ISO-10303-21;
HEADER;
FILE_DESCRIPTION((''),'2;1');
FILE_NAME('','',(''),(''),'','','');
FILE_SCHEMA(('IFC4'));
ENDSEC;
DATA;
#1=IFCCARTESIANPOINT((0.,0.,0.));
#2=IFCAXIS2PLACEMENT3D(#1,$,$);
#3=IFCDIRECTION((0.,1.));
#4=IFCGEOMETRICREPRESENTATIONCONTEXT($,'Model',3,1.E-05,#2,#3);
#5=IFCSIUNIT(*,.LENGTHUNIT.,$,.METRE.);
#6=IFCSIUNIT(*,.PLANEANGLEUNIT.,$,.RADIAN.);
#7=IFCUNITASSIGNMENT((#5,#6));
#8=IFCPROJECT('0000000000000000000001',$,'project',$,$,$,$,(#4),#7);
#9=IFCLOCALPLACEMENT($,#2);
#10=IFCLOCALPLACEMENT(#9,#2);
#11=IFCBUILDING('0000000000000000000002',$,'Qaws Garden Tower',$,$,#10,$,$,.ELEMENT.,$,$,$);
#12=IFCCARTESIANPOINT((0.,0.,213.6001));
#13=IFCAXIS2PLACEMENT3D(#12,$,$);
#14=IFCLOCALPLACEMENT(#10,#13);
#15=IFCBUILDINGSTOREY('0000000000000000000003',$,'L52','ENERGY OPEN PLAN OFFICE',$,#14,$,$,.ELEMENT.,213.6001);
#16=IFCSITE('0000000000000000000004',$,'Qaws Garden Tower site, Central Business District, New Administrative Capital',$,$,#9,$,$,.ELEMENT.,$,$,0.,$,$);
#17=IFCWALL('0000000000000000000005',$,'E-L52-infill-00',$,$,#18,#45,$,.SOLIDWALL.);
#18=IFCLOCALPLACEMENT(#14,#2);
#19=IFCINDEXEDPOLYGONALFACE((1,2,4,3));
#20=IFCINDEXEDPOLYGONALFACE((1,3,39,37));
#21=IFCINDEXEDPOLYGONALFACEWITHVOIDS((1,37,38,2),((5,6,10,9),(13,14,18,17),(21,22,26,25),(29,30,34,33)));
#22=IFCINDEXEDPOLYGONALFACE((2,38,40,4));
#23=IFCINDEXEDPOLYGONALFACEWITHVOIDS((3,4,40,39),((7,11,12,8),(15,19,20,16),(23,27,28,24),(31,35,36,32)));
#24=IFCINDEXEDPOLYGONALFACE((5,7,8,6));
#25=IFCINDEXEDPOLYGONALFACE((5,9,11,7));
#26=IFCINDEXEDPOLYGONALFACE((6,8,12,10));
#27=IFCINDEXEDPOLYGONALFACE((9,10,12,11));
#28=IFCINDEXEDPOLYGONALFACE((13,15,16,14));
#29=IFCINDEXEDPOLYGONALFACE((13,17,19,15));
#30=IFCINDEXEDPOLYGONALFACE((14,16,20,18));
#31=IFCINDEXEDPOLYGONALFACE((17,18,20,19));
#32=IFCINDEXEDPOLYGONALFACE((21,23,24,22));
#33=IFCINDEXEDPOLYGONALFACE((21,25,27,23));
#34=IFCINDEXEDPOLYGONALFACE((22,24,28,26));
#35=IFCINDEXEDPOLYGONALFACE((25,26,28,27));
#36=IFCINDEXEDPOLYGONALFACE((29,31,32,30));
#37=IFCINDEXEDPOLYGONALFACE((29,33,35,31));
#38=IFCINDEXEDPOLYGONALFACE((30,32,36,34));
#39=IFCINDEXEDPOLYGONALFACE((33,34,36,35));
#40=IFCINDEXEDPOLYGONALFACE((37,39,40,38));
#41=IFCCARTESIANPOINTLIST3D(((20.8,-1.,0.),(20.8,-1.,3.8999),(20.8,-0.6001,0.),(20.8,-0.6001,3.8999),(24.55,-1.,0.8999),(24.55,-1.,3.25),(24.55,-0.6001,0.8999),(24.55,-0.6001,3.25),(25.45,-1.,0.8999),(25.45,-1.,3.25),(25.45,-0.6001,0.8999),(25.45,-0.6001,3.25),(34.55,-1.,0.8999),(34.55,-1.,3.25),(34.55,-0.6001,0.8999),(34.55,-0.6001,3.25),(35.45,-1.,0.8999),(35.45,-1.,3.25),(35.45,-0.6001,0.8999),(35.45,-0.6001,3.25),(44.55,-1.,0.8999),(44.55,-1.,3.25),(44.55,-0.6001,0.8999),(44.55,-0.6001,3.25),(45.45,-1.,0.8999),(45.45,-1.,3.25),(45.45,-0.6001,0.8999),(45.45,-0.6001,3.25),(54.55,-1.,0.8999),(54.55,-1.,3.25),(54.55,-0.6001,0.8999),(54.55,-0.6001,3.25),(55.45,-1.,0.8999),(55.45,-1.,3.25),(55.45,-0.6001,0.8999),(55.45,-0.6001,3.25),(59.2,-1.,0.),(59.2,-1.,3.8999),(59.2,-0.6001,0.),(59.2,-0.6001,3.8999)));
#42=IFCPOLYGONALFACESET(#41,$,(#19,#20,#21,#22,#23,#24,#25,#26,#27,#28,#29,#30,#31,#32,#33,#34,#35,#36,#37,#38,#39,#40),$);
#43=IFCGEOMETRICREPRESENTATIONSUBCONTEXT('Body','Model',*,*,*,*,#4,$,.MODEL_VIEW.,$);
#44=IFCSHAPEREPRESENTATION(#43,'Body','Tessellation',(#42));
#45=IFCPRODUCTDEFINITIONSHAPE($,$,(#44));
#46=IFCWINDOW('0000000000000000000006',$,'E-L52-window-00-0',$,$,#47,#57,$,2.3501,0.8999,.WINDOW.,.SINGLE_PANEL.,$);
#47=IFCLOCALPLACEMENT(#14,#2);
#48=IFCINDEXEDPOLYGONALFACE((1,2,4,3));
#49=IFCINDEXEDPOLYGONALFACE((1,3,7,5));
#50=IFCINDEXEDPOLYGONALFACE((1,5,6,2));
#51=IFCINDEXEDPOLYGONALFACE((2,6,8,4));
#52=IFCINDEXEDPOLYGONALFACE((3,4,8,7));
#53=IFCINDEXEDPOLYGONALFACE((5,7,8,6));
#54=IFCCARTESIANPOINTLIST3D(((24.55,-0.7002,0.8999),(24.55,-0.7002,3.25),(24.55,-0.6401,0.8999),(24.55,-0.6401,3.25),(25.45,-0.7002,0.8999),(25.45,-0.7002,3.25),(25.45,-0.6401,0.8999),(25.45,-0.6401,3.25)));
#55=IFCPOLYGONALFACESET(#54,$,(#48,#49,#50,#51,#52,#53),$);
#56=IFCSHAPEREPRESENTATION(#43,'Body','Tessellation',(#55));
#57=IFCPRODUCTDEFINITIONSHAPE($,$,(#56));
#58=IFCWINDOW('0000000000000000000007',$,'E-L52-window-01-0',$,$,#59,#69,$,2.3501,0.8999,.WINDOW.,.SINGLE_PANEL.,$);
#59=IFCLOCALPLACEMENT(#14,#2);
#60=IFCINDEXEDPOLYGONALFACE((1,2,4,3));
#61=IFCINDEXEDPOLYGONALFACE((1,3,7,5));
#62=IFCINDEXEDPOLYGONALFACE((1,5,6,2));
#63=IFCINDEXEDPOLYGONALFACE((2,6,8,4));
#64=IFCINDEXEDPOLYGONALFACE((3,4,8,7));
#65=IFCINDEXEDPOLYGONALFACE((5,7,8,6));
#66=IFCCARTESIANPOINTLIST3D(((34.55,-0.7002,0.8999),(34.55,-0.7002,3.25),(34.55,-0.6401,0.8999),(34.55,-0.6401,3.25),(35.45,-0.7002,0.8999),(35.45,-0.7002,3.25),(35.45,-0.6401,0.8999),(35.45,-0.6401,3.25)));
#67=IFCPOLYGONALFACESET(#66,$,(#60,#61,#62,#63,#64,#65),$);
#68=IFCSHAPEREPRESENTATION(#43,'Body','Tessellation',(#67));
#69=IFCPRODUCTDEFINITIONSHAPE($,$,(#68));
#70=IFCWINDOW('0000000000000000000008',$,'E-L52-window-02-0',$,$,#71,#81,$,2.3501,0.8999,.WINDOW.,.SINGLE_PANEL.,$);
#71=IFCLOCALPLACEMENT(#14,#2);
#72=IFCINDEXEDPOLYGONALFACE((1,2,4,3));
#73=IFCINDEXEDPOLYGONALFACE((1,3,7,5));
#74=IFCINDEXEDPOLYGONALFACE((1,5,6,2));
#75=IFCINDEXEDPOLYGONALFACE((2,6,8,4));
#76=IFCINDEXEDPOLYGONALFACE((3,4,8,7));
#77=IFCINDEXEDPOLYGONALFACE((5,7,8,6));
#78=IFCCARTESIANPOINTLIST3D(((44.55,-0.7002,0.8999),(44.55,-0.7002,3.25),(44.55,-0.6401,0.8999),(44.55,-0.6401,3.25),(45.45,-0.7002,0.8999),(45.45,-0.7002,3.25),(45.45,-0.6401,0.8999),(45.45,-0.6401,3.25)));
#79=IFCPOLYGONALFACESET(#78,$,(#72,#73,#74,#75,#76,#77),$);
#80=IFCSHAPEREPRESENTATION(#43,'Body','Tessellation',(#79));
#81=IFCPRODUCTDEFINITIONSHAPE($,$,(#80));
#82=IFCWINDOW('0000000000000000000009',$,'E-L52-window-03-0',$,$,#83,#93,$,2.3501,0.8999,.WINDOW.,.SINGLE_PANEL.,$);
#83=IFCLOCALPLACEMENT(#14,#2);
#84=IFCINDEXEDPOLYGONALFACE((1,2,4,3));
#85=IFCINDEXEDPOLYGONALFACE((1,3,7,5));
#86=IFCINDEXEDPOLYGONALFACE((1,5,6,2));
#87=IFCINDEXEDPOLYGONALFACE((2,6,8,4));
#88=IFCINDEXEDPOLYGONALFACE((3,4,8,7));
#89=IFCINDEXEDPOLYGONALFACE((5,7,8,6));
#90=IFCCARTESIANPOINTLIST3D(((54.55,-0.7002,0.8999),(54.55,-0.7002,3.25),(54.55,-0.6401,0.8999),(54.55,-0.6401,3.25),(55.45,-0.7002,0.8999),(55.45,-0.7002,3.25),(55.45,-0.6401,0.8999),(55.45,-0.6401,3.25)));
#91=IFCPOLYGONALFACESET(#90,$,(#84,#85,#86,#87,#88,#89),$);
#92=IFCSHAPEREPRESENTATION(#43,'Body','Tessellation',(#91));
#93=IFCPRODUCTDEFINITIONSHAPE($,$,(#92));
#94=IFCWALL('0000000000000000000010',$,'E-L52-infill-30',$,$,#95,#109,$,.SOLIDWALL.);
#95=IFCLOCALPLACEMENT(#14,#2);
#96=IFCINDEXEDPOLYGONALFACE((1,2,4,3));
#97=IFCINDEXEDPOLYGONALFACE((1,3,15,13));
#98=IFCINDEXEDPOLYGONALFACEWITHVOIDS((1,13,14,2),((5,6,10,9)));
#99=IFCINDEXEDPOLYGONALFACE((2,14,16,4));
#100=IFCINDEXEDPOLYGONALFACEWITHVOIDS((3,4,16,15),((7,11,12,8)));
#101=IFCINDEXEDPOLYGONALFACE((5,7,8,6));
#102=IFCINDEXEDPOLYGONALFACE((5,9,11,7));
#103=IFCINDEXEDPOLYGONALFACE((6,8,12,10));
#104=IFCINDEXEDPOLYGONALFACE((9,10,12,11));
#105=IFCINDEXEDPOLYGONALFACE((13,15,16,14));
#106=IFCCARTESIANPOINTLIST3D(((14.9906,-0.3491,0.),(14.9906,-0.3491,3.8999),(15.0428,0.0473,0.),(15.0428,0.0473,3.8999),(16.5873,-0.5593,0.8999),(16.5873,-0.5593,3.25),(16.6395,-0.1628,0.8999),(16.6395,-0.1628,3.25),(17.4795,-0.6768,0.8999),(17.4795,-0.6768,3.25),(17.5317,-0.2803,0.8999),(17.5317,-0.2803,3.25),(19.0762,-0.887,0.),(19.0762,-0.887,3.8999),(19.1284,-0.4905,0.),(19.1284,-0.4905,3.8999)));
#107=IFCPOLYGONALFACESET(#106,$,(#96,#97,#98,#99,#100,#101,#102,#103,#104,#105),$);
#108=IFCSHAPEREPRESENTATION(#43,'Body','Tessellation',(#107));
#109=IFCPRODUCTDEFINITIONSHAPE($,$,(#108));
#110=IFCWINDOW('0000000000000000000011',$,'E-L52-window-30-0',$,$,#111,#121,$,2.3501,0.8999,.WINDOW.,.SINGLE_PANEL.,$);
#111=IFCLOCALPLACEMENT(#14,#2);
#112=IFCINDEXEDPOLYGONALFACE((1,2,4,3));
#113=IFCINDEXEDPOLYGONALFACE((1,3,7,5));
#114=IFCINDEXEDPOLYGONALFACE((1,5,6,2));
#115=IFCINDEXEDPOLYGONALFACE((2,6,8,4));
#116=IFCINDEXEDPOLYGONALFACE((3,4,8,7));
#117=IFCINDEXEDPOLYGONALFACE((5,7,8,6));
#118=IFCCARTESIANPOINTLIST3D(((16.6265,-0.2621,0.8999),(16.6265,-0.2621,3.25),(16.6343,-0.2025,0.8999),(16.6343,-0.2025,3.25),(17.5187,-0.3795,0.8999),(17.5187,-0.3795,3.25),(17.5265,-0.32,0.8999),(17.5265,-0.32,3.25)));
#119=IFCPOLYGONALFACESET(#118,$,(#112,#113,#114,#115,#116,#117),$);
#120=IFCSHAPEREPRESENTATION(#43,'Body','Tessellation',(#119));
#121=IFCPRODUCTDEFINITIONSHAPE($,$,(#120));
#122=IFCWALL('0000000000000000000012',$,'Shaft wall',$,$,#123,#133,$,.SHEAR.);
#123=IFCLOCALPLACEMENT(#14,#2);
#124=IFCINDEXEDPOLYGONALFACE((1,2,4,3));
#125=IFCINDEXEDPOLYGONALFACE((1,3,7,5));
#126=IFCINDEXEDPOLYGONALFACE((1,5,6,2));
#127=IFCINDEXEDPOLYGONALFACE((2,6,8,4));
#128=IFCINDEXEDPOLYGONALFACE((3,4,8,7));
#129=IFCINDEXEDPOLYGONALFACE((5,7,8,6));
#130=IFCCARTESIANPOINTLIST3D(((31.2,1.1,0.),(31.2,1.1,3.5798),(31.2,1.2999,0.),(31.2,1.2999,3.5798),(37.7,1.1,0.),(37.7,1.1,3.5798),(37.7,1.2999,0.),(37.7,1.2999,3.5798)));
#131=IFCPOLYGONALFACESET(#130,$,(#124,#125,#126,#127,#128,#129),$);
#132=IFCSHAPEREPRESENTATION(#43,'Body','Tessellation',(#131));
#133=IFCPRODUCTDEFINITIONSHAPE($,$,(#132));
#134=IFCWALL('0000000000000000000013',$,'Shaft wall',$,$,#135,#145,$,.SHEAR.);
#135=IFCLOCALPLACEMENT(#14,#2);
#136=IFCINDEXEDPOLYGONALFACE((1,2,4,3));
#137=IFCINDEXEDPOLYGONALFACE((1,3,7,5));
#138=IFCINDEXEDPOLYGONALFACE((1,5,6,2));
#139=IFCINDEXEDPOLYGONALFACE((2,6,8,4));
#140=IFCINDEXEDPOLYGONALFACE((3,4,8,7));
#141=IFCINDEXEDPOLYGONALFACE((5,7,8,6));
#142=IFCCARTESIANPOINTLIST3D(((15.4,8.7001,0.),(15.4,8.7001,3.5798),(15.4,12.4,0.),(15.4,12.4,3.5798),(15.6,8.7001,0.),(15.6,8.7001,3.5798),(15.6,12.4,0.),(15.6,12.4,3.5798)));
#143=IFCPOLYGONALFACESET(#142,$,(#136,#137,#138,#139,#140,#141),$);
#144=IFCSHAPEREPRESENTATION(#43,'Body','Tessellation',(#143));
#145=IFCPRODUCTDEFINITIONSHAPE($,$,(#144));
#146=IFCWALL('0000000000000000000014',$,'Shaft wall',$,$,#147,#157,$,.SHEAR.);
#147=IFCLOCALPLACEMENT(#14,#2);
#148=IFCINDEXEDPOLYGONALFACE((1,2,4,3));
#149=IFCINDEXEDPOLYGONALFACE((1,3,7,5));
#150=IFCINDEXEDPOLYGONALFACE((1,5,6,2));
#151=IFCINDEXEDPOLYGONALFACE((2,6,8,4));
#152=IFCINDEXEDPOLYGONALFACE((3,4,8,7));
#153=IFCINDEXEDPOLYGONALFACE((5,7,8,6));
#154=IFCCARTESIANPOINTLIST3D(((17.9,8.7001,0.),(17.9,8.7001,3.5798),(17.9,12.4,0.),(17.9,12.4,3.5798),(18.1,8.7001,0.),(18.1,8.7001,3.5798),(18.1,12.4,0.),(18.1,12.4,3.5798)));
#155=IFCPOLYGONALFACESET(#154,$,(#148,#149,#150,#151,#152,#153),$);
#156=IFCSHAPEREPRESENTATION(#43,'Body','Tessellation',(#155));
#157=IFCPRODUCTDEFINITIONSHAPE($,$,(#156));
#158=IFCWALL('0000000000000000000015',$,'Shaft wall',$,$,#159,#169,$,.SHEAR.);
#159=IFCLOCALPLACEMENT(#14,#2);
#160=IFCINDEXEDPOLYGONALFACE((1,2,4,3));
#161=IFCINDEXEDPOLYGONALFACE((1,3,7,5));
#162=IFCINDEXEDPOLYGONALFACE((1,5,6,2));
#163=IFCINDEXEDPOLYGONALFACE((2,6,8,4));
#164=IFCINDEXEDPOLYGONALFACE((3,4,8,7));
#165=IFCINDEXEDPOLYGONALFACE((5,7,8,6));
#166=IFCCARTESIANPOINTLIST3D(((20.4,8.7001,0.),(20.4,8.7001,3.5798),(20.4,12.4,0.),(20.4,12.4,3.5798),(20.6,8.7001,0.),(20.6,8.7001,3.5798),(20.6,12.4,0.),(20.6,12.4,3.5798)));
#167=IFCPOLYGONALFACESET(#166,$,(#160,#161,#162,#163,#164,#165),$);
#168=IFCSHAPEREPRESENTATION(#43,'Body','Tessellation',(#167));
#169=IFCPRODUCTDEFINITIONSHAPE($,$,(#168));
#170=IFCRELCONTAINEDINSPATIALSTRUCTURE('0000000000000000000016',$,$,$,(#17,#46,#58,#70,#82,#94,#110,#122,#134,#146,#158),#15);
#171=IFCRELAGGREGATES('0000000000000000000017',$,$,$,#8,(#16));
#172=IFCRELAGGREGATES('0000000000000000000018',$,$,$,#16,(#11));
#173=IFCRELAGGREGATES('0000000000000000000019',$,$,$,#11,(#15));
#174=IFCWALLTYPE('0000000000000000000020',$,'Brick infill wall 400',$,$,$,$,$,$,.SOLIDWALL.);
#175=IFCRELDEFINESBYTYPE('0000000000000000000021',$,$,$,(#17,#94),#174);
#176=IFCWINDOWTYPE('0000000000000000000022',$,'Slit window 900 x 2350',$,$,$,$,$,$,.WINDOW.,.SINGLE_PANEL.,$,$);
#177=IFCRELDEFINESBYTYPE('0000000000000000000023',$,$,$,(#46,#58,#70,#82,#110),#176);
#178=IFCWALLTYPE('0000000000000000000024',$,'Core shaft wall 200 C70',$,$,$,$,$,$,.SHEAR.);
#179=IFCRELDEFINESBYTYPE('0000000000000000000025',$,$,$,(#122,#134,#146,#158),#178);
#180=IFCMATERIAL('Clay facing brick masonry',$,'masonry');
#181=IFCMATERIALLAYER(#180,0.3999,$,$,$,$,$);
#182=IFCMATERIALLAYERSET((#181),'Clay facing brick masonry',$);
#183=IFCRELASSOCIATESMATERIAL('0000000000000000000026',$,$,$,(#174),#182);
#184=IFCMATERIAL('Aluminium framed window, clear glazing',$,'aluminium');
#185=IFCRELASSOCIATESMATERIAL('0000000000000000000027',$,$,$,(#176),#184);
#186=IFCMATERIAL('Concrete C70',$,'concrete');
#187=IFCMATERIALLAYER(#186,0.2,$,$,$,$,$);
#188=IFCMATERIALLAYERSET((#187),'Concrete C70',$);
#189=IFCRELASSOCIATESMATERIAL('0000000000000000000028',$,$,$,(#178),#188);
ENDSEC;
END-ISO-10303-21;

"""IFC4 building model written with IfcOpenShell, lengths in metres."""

from ifc_helpers import new_model, si_unit, direction, frame, frame_2d, origin, place, context, subcontext, project, spatial, rectangle, extrude, material, layer, layer_set, type_object, element, fill, save


model = new_model("IFC4")

# Units and contexts
model_context = context("Model", 3, precision=1e-05, world=origin(), true_north=direction((0.0, 1.0)))
body_context = subcontext(model_context, "Body", "Model", "MODEL_VIEW")
ifc_project = project(units=[si_unit("LENGTHUNIT", "METRE"), si_unit("PLANEANGLEUNIT", "RADIAN")], contexts=[model_context])

# Site, building, storey
site_placement = place(None, origin())
site = spatial("IfcSite", under=ifc_project, at=site_placement, Name="Qaws Garden Tower site, Central Business District, New Administrative Capital", CompositionType="ELEMENT", RefElevation=0.0)
building_placement = place(site_placement, origin())
building = spatial("IfcBuilding", under=site, at=building_placement, Name="Qaws Garden Tower", CompositionType="ELEMENT")
storey_placement = place(building_placement, frame((0.0, 0.0, 213.6001)))
storey = spatial("IfcBuildingStorey", under=building, at=storey_placement, Name="L52", Description="ENERGY OPEN PLAN OFFICE", CompositionType="ELEMENT", Elevation=213.6001)

# Wall, openings, windows
ifc_material_1 = material(Name="Clay facing brick masonry", Category="masonry")
ifc_layer_1 = layer(ifc_material_1, 0.3999)
ifc_layer_set_1 = layer_set([ifc_layer_1], Name="Clay facing brick masonry")
wall_type_1 = type_object("IfcWallType", Name="Brick infill wall 400", PredefinedType="SOLIDWALL", material=ifc_layer_set_1)
wall_1_placement = place(storey_placement, frame((20.8, -0.8, 0.0), z_axis=(0.0, 0.0, 1.0), x_axis=(1.0, 0.0, 0.0)))
wall_1 = element("IfcWall", 1, at=wall_1_placement, inside=storey, type_object=wall_type_1, Name="E-L52-infill-00", PredefinedType="SOLIDWALL", context=body_context, shape_type="SweptSolid", body=[
    extrude(rectangle(XDim=38.3999, YDim=0.3999, at=frame_2d((19.2, 0.0))), origin(), (0.0, 0.0, 1.0), 3.8999),
])
opening_1_placement = place(wall_1_placement, frame((3.75, 0.0, 0.8999)))
opening_1 = element("IfcOpeningElement", 2, at=opening_1_placement, cuts=wall_1, PredefinedType="OPENING", context=body_context, shape_type="SweptSolid", body=[
    extrude(rectangle(XDim=0.8999, YDim=2.3501, at=frame_2d((0.45, 1.175))), frame((0.0, 0.21, 0.0), z_axis=(0.0, -1.0, 0.0), x_axis=(1.0, 0.0, 0.0)), (0.0, 0.0, 1.0), 0.4199),
])
opening_2_placement = place(wall_1_placement, frame((13.75, 0.0, 0.8999)))
opening_2 = element("IfcOpeningElement", 3, at=opening_2_placement, cuts=wall_1, PredefinedType="OPENING", context=body_context, shape_type="SweptSolid", body=[
    extrude(rectangle(XDim=0.8999, YDim=2.3501, at=frame_2d((0.45, 1.175))), frame((0.0, 0.21, 0.0), z_axis=(0.0, -1.0, 0.0), x_axis=(1.0, 0.0, 0.0)), (0.0, 0.0, 1.0), 0.4199),
])
opening_3_placement = place(wall_1_placement, frame((23.75, 0.0, 0.8999)))
opening_3 = element("IfcOpeningElement", 4, at=opening_3_placement, cuts=wall_1, PredefinedType="OPENING", context=body_context, shape_type="SweptSolid", body=[
    extrude(rectangle(XDim=0.8999, YDim=2.3501, at=frame_2d((0.45, 1.175))), frame((0.0, 0.21, 0.0), z_axis=(0.0, -1.0, 0.0), x_axis=(1.0, 0.0, 0.0)), (0.0, 0.0, 1.0), 0.4199),
])
opening_4_placement = place(wall_1_placement, frame((33.75, 0.0, 0.8999)))
opening_4 = element("IfcOpeningElement", 5, at=opening_4_placement, cuts=wall_1, PredefinedType="OPENING", context=body_context, shape_type="SweptSolid", body=[
    extrude(rectangle(XDim=0.8999, YDim=2.3501, at=frame_2d((0.45, 1.175))), frame((0.0, 0.21, 0.0), z_axis=(0.0, -1.0, 0.0), x_axis=(1.0, 0.0, 0.0)), (0.0, 0.0, 1.0), 0.4199),
])
ifc_material_2 = material(Name="Aluminium framed window, clear glazing", Category="aluminium")
window_type = type_object("IfcWindowType", Name="Slit window 900 x 2350", PartitioningType="SINGLE_PANEL", PredefinedType="WINDOW", material=ifc_material_2)
window_1_placement = place(opening_1_placement, origin())
window_1 = element("IfcWindow", 6, at=window_1_placement, inside=storey, type_object=window_type, Name="E-L52-window-00-0", OverallHeight=2.3501, OverallWidth=0.8999, PartitioningType="SINGLE_PANEL", PredefinedType="WINDOW", context=body_context, shape_type="SweptSolid", body=[
    extrude(rectangle(XDim=0.8999, YDim=2.3501, at=frame_2d((0.45, 1.175))), frame((0.0, 0.1599, 0.0), z_axis=(0.0, -1.0, 0.0), x_axis=(1.0, 0.0, 0.0)), (0.0, 0.0, 1.0), 0.0601),
])
fill(opening_1, window_1)
window_2_placement = place(opening_2_placement, origin())
window_2 = element("IfcWindow", 7, at=window_2_placement, inside=storey, type_object=window_type, Name="E-L52-window-01-0", OverallHeight=2.3501, OverallWidth=0.8999, PartitioningType="SINGLE_PANEL", PredefinedType="WINDOW", context=body_context, shape_type="SweptSolid", body=[
    extrude(rectangle(XDim=0.8999, YDim=2.3501, at=frame_2d((0.45, 1.175))), frame((0.0, 0.1599, 0.0), z_axis=(0.0, -1.0, 0.0), x_axis=(1.0, 0.0, 0.0)), (0.0, 0.0, 1.0), 0.0601),
])
fill(opening_2, window_2)
window_3_placement = place(opening_3_placement, origin())
window_3 = element("IfcWindow", 8, at=window_3_placement, inside=storey, type_object=window_type, Name="E-L52-window-02-0", OverallHeight=2.3501, OverallWidth=0.8999, PartitioningType="SINGLE_PANEL", PredefinedType="WINDOW", context=body_context, shape_type="SweptSolid", body=[
    extrude(rectangle(XDim=0.8999, YDim=2.3501, at=frame_2d((0.45, 1.175))), frame((0.0, 0.1599, 0.0), z_axis=(0.0, -1.0, 0.0), x_axis=(1.0, 0.0, 0.0)), (0.0, 0.0, 1.0), 0.0601),
])
fill(opening_3, window_3)
window_4_placement = place(opening_4_placement, origin())
window_4 = element("IfcWindow", 9, at=window_4_placement, inside=storey, type_object=window_type, Name="E-L52-window-03-0", OverallHeight=2.3501, OverallWidth=0.8999, PartitioningType="SINGLE_PANEL", PredefinedType="WINDOW", context=body_context, shape_type="SweptSolid", body=[
    extrude(rectangle(XDim=0.8999, YDim=2.3501, at=frame_2d((0.45, 1.175))), frame((0.0, 0.1599, 0.0), z_axis=(0.0, -1.0, 0.0), x_axis=(1.0, 0.0, 0.0)), (0.0, 0.0, 1.0), 0.0601),
])
fill(opening_4, window_4)

# Wall, opening, window
wall_2_placement = place(storey_placement, frame((15.0166, -0.1509, 0.0), z_axis=(0.0, 0.0, 1.0), x_axis=(0.991446, -0.130514, 0.0)))
wall_2 = element("IfcWall", 10, at=wall_2_placement, inside=storey, type_object=wall_type_1, Name="E-L52-infill-30", PredefinedType="SOLIDWALL", context=body_context, shape_type="SweptSolid", body=[
    extrude(rectangle(XDim=4.1208, YDim=0.3999, at=frame_2d((2.0605, 0.0))), origin(), (0.0, 0.0, 1.0), 3.8999),
])
opening_5_placement = place(wall_2_placement, frame((1.6106, 0.0, 0.8999)))
opening_5 = element("IfcOpeningElement", 11, at=opening_5_placement, cuts=wall_2, PredefinedType="OPENING", context=body_context, shape_type="SweptSolid", body=[
    extrude(rectangle(XDim=0.8999, YDim=2.3501, at=frame_2d((0.45, 1.175))), frame((0.0, 0.21, 0.0), z_axis=(0.0, -1.0, 0.0), x_axis=(1.0, 0.0, 0.0)), (0.0, 0.0, 1.0), 0.4199),
])
window_5_placement = place(opening_5_placement, origin())
window_5 = element("IfcWindow", 12, at=window_5_placement, inside=storey, type_object=window_type, Name="E-L52-window-30-0", OverallHeight=2.3501, OverallWidth=0.8999, PartitioningType="SINGLE_PANEL", PredefinedType="WINDOW", context=body_context, shape_type="SweptSolid", body=[
    extrude(rectangle(XDim=0.8999, YDim=2.3501, at=frame_2d((0.45, 1.175))), frame((0.0, 0.1599, 0.0), z_axis=(0.0, -1.0, 0.0), x_axis=(1.0, 0.0, 0.0)), (0.0, 0.0, 1.0), 0.0601),
])
fill(opening_5, window_5)

# Walls
ifc_material_3 = material(Name="Concrete C70", Category="concrete")
ifc_layer_2 = layer(ifc_material_3, 0.2)
ifc_layer_set_2 = layer_set([ifc_layer_2], Name="Concrete C70")
wall_type_2 = type_object("IfcWallType", Name="Core shaft wall 200 C70", PredefinedType="SHEAR", material=ifc_layer_set_2)
wall_3_placement = place(storey_placement, frame((31.2, 1.2, 0.0), z_axis=(0.0, 0.0, 1.0), x_axis=(1.0, 0.0, 0.0)))
element("IfcWall", 13, at=wall_3_placement, inside=storey, type_object=wall_type_2, Name="Shaft wall", PredefinedType="SHEAR", context=body_context, shape_type="SweptSolid", body=[
    extrude(rectangle(XDim=6.5, YDim=0.2, at=frame_2d((3.25, 0.0))), origin(), (0.0, 0.0, 1.0), 3.5798),
])
for number, where, z_axis, x_axis, name in (
    (14, (15.5, 8.7, 0.0), (0.0, 0.0, 1.0), (0.0, 1.0, 0.0), "Shaft wall"),
    (15, (18.0, 8.7, 0.0), (0.0, 0.0, 1.0), (0.0, 1.0, 0.0), "Shaft wall"),
    (16, (20.5, 8.7, 0.0), (0.0, 0.0, 1.0), (0.0, 1.0, 0.0), "Shaft wall"),
):
    element("IfcWall", number, at=place(storey_placement, frame(where, z_axis=z_axis, x_axis=x_axis)), inside=storey, type_object=wall_type_2, Name=name, PredefinedType="SHEAR", context=body_context, shape_type="SweptSolid", body=[
        extrude(rectangle(XDim=3.7, YDim=0.2, at=frame_2d((1.8501, 0.0))), origin(), (0.0, 0.0, 1.0), 3.5798),
    ])

save(model, "model.ifc")
